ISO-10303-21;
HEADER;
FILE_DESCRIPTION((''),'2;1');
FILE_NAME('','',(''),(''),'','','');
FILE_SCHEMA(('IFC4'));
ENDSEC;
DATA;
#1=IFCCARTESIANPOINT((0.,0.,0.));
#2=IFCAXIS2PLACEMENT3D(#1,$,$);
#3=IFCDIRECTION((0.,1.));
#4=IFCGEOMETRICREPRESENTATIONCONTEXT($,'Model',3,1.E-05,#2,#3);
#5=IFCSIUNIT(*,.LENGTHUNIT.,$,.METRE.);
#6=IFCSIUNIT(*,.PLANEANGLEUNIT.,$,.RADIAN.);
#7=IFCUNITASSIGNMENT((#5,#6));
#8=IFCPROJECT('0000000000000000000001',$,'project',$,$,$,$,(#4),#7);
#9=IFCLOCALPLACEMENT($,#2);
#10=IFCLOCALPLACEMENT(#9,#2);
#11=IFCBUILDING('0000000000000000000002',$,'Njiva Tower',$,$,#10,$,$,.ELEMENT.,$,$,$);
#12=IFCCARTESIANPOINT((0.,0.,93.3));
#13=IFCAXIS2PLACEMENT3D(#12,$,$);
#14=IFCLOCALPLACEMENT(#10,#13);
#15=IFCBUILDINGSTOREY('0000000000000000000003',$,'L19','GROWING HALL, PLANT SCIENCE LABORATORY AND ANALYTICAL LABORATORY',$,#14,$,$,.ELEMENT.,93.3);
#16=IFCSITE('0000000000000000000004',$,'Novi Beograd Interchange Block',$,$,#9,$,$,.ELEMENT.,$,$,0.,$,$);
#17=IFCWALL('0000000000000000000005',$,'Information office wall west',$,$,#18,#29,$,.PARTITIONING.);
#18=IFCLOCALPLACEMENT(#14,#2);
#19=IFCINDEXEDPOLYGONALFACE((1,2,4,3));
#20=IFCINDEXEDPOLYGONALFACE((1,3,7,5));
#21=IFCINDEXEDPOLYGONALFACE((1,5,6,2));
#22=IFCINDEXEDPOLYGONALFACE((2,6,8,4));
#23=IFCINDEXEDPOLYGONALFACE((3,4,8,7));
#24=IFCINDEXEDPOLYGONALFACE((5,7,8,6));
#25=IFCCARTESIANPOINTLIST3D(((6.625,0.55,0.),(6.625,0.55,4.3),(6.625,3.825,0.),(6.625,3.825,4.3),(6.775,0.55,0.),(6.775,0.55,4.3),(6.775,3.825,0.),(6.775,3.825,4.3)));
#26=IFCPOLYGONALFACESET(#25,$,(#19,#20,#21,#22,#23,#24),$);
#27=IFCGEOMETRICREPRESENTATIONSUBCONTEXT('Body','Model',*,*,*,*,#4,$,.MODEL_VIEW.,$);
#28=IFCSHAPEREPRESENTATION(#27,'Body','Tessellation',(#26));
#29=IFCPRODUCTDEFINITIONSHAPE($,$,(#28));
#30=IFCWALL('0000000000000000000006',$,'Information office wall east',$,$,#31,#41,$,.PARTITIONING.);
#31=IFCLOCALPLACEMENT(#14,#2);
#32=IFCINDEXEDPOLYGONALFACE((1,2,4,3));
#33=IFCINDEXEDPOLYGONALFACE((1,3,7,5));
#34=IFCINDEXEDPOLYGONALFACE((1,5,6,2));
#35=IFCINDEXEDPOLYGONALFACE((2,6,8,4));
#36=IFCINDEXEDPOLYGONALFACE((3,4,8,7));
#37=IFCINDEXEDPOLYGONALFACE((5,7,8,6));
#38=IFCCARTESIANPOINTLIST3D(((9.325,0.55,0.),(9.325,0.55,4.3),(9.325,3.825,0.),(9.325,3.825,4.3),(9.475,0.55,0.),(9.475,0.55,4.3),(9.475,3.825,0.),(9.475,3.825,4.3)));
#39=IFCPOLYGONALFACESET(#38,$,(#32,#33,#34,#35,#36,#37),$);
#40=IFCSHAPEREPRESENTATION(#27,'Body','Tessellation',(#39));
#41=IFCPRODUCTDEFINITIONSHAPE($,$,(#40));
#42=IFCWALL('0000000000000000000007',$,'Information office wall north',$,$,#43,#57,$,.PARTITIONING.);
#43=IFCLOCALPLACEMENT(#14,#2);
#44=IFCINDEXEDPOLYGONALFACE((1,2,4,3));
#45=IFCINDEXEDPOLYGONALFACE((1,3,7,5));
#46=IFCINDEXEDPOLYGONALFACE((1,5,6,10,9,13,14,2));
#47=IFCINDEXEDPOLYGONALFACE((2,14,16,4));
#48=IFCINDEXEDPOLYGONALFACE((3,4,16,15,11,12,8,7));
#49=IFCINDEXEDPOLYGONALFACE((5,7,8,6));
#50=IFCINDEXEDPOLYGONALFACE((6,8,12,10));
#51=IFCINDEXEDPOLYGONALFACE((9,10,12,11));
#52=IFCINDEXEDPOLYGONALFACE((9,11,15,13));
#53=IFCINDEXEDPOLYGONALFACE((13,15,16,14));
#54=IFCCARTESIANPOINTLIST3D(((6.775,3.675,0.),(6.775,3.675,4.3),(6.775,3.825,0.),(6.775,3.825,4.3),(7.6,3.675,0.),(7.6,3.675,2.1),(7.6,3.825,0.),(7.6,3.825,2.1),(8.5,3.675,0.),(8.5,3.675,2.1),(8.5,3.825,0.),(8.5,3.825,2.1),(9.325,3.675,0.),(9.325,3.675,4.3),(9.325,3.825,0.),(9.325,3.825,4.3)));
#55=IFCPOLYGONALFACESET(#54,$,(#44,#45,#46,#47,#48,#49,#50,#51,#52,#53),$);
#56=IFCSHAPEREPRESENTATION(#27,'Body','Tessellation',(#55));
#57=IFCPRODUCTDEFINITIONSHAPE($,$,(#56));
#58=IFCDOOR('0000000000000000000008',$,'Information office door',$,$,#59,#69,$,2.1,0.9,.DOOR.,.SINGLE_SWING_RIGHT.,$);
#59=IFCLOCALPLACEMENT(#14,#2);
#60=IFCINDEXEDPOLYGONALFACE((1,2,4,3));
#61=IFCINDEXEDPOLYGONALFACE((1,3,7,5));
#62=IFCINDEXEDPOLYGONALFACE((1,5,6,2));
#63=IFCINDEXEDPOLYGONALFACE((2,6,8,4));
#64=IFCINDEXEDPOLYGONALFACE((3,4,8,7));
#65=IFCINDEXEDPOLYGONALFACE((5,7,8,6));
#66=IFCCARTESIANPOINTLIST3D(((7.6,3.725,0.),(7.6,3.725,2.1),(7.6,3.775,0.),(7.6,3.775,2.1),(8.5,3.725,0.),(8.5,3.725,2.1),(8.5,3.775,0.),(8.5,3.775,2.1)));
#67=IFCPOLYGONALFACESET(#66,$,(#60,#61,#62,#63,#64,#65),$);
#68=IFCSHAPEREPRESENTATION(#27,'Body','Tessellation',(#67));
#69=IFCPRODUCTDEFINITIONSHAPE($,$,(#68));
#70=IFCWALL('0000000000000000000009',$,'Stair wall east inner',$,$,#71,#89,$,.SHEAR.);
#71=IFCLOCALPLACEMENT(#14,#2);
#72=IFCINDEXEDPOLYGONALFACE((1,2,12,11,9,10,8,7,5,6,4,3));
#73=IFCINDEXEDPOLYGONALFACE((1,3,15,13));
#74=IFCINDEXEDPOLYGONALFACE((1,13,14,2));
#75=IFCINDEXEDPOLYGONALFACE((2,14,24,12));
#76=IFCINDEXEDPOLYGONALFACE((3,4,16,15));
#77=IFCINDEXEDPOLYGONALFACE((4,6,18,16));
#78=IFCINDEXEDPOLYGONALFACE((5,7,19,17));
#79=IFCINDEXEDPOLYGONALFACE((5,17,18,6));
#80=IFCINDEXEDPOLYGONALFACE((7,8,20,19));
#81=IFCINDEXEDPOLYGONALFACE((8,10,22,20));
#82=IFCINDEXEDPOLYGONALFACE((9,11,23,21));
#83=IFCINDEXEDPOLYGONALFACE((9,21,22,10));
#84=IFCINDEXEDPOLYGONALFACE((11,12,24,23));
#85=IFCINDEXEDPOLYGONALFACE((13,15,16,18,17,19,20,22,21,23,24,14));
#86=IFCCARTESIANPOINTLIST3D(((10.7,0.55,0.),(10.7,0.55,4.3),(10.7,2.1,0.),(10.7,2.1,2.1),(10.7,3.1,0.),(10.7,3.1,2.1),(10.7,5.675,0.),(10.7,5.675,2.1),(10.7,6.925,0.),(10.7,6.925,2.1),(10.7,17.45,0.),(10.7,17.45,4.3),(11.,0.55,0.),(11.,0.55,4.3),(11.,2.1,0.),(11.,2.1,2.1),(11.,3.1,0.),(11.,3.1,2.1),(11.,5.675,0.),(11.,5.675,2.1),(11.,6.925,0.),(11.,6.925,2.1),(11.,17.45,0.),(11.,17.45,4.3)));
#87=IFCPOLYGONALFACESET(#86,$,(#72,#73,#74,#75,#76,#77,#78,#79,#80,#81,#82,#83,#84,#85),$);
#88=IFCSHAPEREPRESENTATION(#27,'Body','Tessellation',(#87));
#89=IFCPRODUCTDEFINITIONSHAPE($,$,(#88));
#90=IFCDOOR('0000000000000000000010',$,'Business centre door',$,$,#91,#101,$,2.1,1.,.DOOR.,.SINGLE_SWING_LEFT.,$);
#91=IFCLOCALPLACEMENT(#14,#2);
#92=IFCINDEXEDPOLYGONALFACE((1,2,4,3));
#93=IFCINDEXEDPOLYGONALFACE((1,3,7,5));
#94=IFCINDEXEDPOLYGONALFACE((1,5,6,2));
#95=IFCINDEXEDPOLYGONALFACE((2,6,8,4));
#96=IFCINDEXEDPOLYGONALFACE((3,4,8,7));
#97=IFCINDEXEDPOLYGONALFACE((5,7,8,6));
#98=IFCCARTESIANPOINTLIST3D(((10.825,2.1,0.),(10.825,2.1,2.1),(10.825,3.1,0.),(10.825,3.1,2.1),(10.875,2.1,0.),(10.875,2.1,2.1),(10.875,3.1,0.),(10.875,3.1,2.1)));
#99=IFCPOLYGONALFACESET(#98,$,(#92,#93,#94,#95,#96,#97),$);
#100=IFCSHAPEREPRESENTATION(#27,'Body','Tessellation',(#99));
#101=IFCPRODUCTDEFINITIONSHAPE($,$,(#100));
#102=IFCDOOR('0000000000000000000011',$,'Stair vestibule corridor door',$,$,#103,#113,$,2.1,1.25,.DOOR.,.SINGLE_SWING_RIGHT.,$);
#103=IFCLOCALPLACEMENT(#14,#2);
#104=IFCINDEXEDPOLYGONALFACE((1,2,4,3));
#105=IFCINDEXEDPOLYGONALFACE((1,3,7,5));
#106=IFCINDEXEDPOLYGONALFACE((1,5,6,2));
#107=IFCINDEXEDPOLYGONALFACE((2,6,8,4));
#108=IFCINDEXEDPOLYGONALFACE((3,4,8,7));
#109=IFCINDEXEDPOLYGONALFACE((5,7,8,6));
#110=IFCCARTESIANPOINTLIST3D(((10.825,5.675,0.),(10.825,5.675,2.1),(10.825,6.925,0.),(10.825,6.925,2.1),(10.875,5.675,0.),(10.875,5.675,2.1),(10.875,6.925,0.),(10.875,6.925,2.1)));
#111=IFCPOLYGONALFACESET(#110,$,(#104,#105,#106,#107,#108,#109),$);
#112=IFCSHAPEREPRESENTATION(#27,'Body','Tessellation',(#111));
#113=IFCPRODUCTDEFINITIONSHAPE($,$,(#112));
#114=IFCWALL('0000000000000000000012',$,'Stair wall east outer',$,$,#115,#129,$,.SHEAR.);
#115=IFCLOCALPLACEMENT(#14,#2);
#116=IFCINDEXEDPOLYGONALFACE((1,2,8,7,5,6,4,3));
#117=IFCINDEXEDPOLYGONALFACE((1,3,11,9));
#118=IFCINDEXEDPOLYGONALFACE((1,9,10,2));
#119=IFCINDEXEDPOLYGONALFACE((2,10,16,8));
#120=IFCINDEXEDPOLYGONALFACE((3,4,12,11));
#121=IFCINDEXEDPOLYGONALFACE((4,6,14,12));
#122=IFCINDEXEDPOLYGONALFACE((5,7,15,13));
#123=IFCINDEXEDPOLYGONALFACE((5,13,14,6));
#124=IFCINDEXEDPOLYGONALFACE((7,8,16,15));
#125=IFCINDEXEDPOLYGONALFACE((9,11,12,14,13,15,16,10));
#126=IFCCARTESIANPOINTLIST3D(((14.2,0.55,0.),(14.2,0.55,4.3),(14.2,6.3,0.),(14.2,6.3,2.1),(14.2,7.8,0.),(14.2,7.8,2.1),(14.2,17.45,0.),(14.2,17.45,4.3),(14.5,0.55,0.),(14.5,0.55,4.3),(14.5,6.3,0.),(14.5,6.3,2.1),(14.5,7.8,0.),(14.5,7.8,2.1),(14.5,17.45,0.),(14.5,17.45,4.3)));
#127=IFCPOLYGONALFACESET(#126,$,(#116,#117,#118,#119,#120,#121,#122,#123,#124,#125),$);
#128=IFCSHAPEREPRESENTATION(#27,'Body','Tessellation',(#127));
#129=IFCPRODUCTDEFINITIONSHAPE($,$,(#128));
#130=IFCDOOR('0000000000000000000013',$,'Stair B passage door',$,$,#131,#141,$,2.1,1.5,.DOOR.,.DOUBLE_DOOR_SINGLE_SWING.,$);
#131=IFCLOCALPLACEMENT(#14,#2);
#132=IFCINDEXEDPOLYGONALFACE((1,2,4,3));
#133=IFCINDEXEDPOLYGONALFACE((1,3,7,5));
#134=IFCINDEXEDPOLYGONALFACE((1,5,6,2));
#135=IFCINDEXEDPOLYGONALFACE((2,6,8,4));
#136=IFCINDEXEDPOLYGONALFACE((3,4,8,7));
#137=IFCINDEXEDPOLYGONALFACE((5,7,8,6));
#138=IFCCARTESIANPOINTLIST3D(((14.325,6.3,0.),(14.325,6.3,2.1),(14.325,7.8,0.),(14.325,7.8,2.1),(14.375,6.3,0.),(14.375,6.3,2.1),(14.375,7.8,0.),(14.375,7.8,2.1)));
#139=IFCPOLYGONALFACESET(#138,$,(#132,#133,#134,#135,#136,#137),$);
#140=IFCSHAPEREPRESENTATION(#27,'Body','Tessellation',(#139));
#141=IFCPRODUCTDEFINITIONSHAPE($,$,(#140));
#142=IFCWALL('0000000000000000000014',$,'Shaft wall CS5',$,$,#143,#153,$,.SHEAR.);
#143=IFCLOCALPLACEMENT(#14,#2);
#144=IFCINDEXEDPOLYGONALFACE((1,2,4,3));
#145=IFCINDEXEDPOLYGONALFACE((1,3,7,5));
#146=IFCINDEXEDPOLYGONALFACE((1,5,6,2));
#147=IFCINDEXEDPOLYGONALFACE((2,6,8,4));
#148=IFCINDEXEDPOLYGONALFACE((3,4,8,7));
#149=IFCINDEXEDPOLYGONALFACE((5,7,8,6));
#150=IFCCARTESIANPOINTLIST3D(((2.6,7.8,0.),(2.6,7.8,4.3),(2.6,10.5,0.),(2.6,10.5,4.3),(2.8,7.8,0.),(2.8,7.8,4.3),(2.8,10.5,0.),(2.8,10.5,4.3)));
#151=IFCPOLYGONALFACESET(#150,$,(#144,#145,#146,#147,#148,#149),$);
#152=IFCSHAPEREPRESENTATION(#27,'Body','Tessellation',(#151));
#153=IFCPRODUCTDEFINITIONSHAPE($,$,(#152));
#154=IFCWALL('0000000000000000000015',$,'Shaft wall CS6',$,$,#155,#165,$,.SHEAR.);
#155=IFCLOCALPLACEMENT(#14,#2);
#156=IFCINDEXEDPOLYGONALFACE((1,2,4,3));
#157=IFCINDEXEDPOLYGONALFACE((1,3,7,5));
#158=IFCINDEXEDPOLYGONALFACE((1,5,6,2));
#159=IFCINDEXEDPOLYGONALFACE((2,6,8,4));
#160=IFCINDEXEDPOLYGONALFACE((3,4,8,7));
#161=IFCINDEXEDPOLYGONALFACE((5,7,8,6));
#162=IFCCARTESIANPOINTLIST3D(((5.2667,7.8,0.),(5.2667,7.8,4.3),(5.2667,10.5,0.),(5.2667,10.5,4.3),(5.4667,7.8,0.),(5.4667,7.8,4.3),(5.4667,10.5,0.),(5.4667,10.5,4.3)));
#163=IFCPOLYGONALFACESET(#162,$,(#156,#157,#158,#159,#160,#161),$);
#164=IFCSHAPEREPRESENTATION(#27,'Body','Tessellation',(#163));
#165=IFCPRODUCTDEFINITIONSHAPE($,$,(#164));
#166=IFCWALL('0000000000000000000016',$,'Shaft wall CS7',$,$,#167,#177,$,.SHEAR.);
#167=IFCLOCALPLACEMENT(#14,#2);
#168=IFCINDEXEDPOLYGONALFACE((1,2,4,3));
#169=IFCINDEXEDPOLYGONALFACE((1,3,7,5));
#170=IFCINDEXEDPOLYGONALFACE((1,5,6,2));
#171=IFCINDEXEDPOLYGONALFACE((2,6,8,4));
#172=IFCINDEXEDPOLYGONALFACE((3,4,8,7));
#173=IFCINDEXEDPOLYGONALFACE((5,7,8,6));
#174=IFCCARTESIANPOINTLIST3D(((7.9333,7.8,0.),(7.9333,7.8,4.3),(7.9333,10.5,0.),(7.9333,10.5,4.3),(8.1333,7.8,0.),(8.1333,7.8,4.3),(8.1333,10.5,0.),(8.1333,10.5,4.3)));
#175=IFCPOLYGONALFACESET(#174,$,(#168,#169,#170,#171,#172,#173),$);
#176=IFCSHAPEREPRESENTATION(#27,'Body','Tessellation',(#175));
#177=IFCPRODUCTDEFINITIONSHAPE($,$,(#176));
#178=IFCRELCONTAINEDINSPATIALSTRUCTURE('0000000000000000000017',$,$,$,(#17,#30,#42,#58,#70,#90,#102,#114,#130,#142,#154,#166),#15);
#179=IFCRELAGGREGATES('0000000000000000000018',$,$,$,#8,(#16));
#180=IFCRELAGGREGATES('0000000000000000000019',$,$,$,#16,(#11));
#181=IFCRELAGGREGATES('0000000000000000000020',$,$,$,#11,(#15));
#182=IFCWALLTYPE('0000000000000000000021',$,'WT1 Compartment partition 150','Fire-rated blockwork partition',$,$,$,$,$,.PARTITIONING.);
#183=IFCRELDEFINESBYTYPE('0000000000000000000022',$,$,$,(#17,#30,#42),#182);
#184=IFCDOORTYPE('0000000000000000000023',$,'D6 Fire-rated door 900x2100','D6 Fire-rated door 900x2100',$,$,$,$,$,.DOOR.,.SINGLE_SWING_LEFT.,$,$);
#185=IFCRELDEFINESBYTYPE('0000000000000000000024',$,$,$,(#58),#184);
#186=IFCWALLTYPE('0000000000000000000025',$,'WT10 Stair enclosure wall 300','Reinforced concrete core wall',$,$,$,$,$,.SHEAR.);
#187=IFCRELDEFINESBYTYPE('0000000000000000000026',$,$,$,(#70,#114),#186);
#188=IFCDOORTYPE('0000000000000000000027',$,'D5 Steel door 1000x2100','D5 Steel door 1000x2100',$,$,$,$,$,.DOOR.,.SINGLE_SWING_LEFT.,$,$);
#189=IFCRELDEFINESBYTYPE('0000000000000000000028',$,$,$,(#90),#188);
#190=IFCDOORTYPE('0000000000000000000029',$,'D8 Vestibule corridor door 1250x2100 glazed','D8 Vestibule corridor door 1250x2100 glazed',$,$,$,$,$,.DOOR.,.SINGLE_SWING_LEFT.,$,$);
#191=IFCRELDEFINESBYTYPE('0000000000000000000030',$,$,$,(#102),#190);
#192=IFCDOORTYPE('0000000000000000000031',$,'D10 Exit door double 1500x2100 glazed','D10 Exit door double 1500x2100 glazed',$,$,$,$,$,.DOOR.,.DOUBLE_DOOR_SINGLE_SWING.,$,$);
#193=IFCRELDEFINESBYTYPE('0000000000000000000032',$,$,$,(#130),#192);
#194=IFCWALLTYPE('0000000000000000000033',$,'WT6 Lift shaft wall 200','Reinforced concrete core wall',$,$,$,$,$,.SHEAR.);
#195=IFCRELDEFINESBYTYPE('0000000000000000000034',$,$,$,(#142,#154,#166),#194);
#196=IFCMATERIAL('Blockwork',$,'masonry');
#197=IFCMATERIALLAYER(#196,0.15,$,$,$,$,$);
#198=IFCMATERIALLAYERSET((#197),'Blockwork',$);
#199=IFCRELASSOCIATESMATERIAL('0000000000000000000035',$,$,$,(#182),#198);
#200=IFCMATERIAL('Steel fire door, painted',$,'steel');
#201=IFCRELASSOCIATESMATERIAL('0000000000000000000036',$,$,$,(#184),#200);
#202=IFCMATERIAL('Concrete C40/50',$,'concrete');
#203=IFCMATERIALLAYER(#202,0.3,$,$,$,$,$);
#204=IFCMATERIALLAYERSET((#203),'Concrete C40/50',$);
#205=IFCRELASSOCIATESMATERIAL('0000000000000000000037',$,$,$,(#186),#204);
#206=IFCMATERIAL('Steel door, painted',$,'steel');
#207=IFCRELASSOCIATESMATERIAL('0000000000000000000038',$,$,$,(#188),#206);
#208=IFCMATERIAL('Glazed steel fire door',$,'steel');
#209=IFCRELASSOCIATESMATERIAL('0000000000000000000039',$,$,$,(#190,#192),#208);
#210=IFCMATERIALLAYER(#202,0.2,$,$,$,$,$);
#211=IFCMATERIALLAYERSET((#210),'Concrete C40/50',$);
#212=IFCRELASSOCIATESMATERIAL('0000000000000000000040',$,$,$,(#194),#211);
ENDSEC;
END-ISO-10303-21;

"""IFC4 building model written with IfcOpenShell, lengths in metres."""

from ifc_helpers import new_model, si_unit, direction, frame, frame_2d, origin, place, context, subcontext, project, spatial, rectangle, extrude, material, layer, layer_set, type_object, element, fill, save


model = new_model("IFC4")

# Units and contexts
model_context = context("Model", 3, precision=1e-05, world=origin(), true_north=direction((0.0, 1.0)))
body_context = subcontext(model_context, "Body", "Model", "MODEL_VIEW")
ifc_project = project(units=[si_unit("LENGTHUNIT", "METRE"), si_unit("PLANEANGLEUNIT", "RADIAN")], contexts=[model_context])

# Site, building, storey
site_placement = place(None, origin())
site = spatial("IfcSite", under=ifc_project, at=site_placement, Name="Novi Beograd Interchange Block", CompositionType="ELEMENT", RefElevation=0.0)
building_placement = place(site_placement, origin())
building = spatial("IfcBuilding", under=site, at=building_placement, Name="Njiva Tower", CompositionType="ELEMENT")
storey_placement = place(building_placement, frame((0.0, 0.0, 93.3)))
storey = spatial("IfcBuildingStorey", under=building, at=storey_placement, Name="L19", Description="GROWING HALL, PLANT SCIENCE LABORATORY AND ANALYTICAL LABORATORY", CompositionType="ELEMENT", Elevation=93.3)

# Shared definitions
ifc_material_1 = material(Name="Concrete C40/50", Category="concrete")

# Walls
ifc_material_2 = material(Name="Blockwork", Category="masonry")
ifc_layer_1 = layer(ifc_material_2, 0.15)
ifc_layer_set_1 = layer_set([ifc_layer_1], Name="Blockwork")
wall_type_1 = type_object("IfcWallType", Name="WT1 Compartment partition 150", Description="Fire-rated blockwork partition", PredefinedType="PARTITIONING", material=ifc_layer_set_1)
for number, where, z_axis, x_axis, name in (
    (1, (6.7, 0.55, 0.0), (0.0, 0.0, 1.0), (0.0, 1.0, 0.0), "Information office wall west"),
    (2, (9.4, 0.55, 0.0), (0.0, 0.0, 1.0), (0.0, 1.0, 0.0), "Information office wall east"),
):
    element("IfcWall", number, at=place(storey_placement, frame(where, z_axis=z_axis, x_axis=x_axis)), inside=storey, type_object=wall_type_1, Name=name, PredefinedType="PARTITIONING", context=body_context, shape_type="SweptSolid", body=[
        extrude(rectangle(XDim=3.275, YDim=0.15, at=frame_2d((1.6375, 0.0))), origin(), (0.0, 0.0, 1.0), 4.3),
    ])

# Wall, opening, door
wall_1_placement = place(storey_placement, frame((6.775, 3.75, 0.0), z_axis=(0.0, 0.0, 1.0), x_axis=(1.0, 0.0, 0.0)))
wall_1 = element("IfcWall", 3, at=wall_1_placement, inside=storey, type_object=wall_type_1, Name="Information office wall north", PredefinedType="PARTITIONING", context=body_context, shape_type="SweptSolid", body=[
    extrude(rectangle(XDim=2.55, YDim=0.15, at=frame_2d((1.275, 0.0))), origin(), (0.0, 0.0, 1.0), 4.3),
])
opening_1_placement = place(wall_1_placement, frame((0.825, 0.0, 0.0)))
opening_1 = element("IfcOpeningElement", 4, at=opening_1_placement, cuts=wall_1, PredefinedType="OPENING", context=body_context, shape_type="SweptSolid", body=[
    extrude(rectangle(XDim=0.9, YDim=2.1, at=frame_2d((0.45, 1.05))), frame((0.0, 0.085, 0.0), z_axis=(0.0, -1.0, 0.0), x_axis=(1.0, 0.0, 0.0)), (0.0, 0.0, 1.0), 0.17),
])
ifc_material_3 = material(Name="Steel fire door, painted", Category="steel")
door_type_1 = type_object("IfcDoorType", Name="D6 Fire-rated door 900x2100", Description="D6 Fire-rated door 900x2100", OperationType="SINGLE_SWING_LEFT", PredefinedType="DOOR", material=ifc_material_3)
door_1_placement = place(opening_1_placement, origin())
door_1 = element("IfcDoor", 5, at=door_1_placement, inside=storey, type_object=door_type_1, Name="Information office door", OperationType="SINGLE_SWING_RIGHT", OverallHeight=2.1, OverallWidth=0.9, PredefinedType="DOOR", context=body_context, shape_type="SweptSolid", body=[
    extrude(rectangle(XDim=0.9, YDim=2.1, at=frame_2d((0.45, 1.05))), frame((0.0, 0.025, 0.0), z_axis=(0.0, -1.0, 0.0), x_axis=(1.0, 0.0, 0.0)), (0.0, 0.0, 1.0), 0.05),
])
fill(opening_1, door_1)

# Wall, openings, doors
ifc_layer_2 = layer(ifc_material_1, 0.3)
ifc_layer_set_2 = layer_set([ifc_layer_2], Name="Concrete C40/50")
wall_type_2 = type_object("IfcWallType", Name="WT10 Stair enclosure wall 300", Description="Reinforced concrete core wall", PredefinedType="SHEAR", material=ifc_layer_set_2)
wall_2_placement = place(storey_placement, frame((10.85, 0.55, 0.0), z_axis=(0.0, 0.0, 1.0), x_axis=(0.0, 1.0, 0.0)))
wall_2 = element("IfcWall", 6, at=wall_2_placement, inside=storey, type_object=wall_type_2, Name="Stair wall east inner", PredefinedType="SHEAR", context=body_context, shape_type="SweptSolid", body=[
    extrude(rectangle(XDim=16.9, YDim=0.3, at=frame_2d((8.45, 0.0))), origin(), (0.0, 0.0, 1.0), 4.3),
])
opening_2_placement = place(wall_2_placement, frame((5.125, 0.0, 0.0)))
opening_2 = element("IfcOpeningElement", 7, at=opening_2_placement, cuts=wall_2, PredefinedType="OPENING", context=body_context, shape_type="SweptSolid", body=[
    extrude(rectangle(XDim=1.25, YDim=2.1, at=frame_2d((0.625, 1.05))), frame((0.0, 0.16, 0.0), z_axis=(0.0, -1.0, 0.0), x_axis=(1.0, 0.0, 0.0)), (0.0, 0.0, 1.0), 0.32),
])
opening_3_placement = place(wall_2_placement, frame((1.55, 0.0, 0.0)))
opening_3 = element("IfcOpeningElement", 8, at=opening_3_placement, cuts=wall_2, PredefinedType="OPENING", context=body_context, shape_type="SweptSolid", body=[
    extrude(rectangle(XDim=1.0, YDim=2.1, at=frame_2d((0.5, 1.05))), frame((0.0, 0.16, 0.0), z_axis=(0.0, -1.0, 0.0), x_axis=(1.0, 0.0, 0.0)), (0.0, 0.0, 1.0), 0.32),
])
ifc_material_4 = material(Name="Steel door, painted", Category="steel")
door_type_2 = type_object("IfcDoorType", Name="D5 Steel door 1000x2100", Description="D5 Steel door 1000x2100", OperationType="SINGLE_SWING_LEFT", PredefinedType="DOOR", material=ifc_material_4)
door_2_placement = place(opening_3_placement, origin())
door_2 = element("IfcDoor", 9, at=door_2_placement, inside=storey, type_object=door_type_2, Name="Business centre door", OperationType="SINGLE_SWING_LEFT", OverallHeight=2.1, OverallWidth=1.0, PredefinedType="DOOR", context=body_context, shape_type="SweptSolid", body=[
    extrude(rectangle(XDim=1.0, YDim=2.1, at=frame_2d((0.5, 1.05))), frame((0.0, 0.025, 0.0), z_axis=(0.0, -1.0, 0.0), x_axis=(1.0, 0.0, 0.0)), (0.0, 0.0, 1.0), 0.05),
])
fill(opening_3, door_2)
ifc_material_5 = material(Name="Glazed steel fire door", Category="steel")
door_type_3 = type_object("IfcDoorType", Name="D8 Vestibule corridor door 1250x2100 glazed", Description="D8 Vestibule corridor door 1250x2100 glazed", OperationType="SINGLE_SWING_LEFT", PredefinedType="DOOR", material=ifc_material_5)
door_3_placement = place(opening_2_placement, origin())
door_3 = element("IfcDoor", 10, at=door_3_placement, inside=storey, type_object=door_type_3, Name="Stair vestibule corridor door", OperationType="SINGLE_SWING_RIGHT", OverallHeight=2.1, OverallWidth=1.25, PredefinedType="DOOR", context=body_context, shape_type="SweptSolid", body=[
    extrude(rectangle(XDim=1.25, YDim=2.1, at=frame_2d((0.625, 1.05))), frame((0.0, 0.025, 0.0), z_axis=(0.0, -1.0, 0.0), x_axis=(1.0, 0.0, 0.0)), (0.0, 0.0, 1.0), 0.05),
])
fill(opening_2, door_3)

# Wall, opening, door
wall_3_placement = place(storey_placement, frame((14.35, 0.55, 0.0), z_axis=(0.0, 0.0, 1.0), x_axis=(0.0, 1.0, 0.0)))
wall_3 = element("IfcWall", 11, at=wall_3_placement, inside=storey, type_object=wall_type_2, Name="Stair wall east outer", PredefinedType="SHEAR", context=body_context, shape_type="SweptSolid", body=[
    extrude(rectangle(XDim=16.9, YDim=0.3, at=frame_2d((8.45, 0.0))), origin(), (0.0, 0.0, 1.0), 4.3),
])
opening_4_placement = place(wall_3_placement, frame((5.75, 0.0, 0.0)))
opening_4 = element("IfcOpeningElement", 12, at=opening_4_placement, cuts=wall_3, PredefinedType="OPENING", context=body_context, shape_type="SweptSolid", body=[
    extrude(rectangle(XDim=1.5, YDim=2.1, at=frame_2d((0.75, 1.05))), frame((0.0, 0.16, 0.0), z_axis=(0.0, -1.0, 0.0), x_axis=(1.0, 0.0, 0.0)), (0.0, 0.0, 1.0), 0.32),
])
door_type_4 = type_object("IfcDoorType", Name="D10 Exit door double 1500x2100 glazed", Description="D10 Exit door double 1500x2100 glazed", OperationType="DOUBLE_DOOR_SINGLE_SWING", PredefinedType="DOOR", material=ifc_material_5)
door_4_placement = place(opening_4_placement, origin())
door_4 = element("IfcDoor", 13, at=door_4_placement, inside=storey, type_object=door_type_4, Name="Stair B passage door", OperationType="DOUBLE_DOOR_SINGLE_SWING", OverallHeight=2.1, OverallWidth=1.5, PredefinedType="DOOR", context=body_context, shape_type="SweptSolid", body=[
    extrude(rectangle(XDim=1.5, YDim=2.1, at=frame_2d((0.75, 1.05))), frame((0.0, 0.025, 0.0), z_axis=(0.0, -1.0, 0.0), x_axis=(1.0, 0.0, 0.0)), (0.0, 0.0, 1.0), 0.05),
])
fill(opening_4, door_4)

# Walls
ifc_layer_3 = layer(ifc_material_1, 0.2)
ifc_layer_set_3 = layer_set([ifc_layer_3], Name="Concrete C40/50")
wall_type_3 = type_object("IfcWallType", Name="WT6 Lift shaft wall 200", Description="Reinforced concrete core wall", PredefinedType="SHEAR", material=ifc_layer_set_3)
for number, where, z_axis, x_axis, name in (
    (14, (2.7, 7.8, 0.0), (0.0, 0.0, 1.0), (0.0, 1.0, 0.0), "Shaft wall CS5"),
    (15, (5.3667, 7.8, 0.0), (0.0, 0.0, 1.0), (0.0, 1.0, 0.0), "Shaft wall CS6"),
    (16, (8.0333, 7.8, 0.0), (0.0, 0.0, 1.0), (0.0, 1.0, 0.0), "Shaft wall CS7"),
):
    element("IfcWall", number, at=place(storey_placement, frame(where, z_axis=z_axis, x_axis=x_axis)), inside=storey, type_object=wall_type_3, Name=name, PredefinedType="SHEAR", context=body_context, shape_type="SweptSolid", body=[
        extrude(rectangle(XDim=2.7, YDim=0.2, at=frame_2d((1.35, 0.0))), origin(), (0.0, 0.0, 1.0), 4.3),
    ])

save(model, "model.ifc")
